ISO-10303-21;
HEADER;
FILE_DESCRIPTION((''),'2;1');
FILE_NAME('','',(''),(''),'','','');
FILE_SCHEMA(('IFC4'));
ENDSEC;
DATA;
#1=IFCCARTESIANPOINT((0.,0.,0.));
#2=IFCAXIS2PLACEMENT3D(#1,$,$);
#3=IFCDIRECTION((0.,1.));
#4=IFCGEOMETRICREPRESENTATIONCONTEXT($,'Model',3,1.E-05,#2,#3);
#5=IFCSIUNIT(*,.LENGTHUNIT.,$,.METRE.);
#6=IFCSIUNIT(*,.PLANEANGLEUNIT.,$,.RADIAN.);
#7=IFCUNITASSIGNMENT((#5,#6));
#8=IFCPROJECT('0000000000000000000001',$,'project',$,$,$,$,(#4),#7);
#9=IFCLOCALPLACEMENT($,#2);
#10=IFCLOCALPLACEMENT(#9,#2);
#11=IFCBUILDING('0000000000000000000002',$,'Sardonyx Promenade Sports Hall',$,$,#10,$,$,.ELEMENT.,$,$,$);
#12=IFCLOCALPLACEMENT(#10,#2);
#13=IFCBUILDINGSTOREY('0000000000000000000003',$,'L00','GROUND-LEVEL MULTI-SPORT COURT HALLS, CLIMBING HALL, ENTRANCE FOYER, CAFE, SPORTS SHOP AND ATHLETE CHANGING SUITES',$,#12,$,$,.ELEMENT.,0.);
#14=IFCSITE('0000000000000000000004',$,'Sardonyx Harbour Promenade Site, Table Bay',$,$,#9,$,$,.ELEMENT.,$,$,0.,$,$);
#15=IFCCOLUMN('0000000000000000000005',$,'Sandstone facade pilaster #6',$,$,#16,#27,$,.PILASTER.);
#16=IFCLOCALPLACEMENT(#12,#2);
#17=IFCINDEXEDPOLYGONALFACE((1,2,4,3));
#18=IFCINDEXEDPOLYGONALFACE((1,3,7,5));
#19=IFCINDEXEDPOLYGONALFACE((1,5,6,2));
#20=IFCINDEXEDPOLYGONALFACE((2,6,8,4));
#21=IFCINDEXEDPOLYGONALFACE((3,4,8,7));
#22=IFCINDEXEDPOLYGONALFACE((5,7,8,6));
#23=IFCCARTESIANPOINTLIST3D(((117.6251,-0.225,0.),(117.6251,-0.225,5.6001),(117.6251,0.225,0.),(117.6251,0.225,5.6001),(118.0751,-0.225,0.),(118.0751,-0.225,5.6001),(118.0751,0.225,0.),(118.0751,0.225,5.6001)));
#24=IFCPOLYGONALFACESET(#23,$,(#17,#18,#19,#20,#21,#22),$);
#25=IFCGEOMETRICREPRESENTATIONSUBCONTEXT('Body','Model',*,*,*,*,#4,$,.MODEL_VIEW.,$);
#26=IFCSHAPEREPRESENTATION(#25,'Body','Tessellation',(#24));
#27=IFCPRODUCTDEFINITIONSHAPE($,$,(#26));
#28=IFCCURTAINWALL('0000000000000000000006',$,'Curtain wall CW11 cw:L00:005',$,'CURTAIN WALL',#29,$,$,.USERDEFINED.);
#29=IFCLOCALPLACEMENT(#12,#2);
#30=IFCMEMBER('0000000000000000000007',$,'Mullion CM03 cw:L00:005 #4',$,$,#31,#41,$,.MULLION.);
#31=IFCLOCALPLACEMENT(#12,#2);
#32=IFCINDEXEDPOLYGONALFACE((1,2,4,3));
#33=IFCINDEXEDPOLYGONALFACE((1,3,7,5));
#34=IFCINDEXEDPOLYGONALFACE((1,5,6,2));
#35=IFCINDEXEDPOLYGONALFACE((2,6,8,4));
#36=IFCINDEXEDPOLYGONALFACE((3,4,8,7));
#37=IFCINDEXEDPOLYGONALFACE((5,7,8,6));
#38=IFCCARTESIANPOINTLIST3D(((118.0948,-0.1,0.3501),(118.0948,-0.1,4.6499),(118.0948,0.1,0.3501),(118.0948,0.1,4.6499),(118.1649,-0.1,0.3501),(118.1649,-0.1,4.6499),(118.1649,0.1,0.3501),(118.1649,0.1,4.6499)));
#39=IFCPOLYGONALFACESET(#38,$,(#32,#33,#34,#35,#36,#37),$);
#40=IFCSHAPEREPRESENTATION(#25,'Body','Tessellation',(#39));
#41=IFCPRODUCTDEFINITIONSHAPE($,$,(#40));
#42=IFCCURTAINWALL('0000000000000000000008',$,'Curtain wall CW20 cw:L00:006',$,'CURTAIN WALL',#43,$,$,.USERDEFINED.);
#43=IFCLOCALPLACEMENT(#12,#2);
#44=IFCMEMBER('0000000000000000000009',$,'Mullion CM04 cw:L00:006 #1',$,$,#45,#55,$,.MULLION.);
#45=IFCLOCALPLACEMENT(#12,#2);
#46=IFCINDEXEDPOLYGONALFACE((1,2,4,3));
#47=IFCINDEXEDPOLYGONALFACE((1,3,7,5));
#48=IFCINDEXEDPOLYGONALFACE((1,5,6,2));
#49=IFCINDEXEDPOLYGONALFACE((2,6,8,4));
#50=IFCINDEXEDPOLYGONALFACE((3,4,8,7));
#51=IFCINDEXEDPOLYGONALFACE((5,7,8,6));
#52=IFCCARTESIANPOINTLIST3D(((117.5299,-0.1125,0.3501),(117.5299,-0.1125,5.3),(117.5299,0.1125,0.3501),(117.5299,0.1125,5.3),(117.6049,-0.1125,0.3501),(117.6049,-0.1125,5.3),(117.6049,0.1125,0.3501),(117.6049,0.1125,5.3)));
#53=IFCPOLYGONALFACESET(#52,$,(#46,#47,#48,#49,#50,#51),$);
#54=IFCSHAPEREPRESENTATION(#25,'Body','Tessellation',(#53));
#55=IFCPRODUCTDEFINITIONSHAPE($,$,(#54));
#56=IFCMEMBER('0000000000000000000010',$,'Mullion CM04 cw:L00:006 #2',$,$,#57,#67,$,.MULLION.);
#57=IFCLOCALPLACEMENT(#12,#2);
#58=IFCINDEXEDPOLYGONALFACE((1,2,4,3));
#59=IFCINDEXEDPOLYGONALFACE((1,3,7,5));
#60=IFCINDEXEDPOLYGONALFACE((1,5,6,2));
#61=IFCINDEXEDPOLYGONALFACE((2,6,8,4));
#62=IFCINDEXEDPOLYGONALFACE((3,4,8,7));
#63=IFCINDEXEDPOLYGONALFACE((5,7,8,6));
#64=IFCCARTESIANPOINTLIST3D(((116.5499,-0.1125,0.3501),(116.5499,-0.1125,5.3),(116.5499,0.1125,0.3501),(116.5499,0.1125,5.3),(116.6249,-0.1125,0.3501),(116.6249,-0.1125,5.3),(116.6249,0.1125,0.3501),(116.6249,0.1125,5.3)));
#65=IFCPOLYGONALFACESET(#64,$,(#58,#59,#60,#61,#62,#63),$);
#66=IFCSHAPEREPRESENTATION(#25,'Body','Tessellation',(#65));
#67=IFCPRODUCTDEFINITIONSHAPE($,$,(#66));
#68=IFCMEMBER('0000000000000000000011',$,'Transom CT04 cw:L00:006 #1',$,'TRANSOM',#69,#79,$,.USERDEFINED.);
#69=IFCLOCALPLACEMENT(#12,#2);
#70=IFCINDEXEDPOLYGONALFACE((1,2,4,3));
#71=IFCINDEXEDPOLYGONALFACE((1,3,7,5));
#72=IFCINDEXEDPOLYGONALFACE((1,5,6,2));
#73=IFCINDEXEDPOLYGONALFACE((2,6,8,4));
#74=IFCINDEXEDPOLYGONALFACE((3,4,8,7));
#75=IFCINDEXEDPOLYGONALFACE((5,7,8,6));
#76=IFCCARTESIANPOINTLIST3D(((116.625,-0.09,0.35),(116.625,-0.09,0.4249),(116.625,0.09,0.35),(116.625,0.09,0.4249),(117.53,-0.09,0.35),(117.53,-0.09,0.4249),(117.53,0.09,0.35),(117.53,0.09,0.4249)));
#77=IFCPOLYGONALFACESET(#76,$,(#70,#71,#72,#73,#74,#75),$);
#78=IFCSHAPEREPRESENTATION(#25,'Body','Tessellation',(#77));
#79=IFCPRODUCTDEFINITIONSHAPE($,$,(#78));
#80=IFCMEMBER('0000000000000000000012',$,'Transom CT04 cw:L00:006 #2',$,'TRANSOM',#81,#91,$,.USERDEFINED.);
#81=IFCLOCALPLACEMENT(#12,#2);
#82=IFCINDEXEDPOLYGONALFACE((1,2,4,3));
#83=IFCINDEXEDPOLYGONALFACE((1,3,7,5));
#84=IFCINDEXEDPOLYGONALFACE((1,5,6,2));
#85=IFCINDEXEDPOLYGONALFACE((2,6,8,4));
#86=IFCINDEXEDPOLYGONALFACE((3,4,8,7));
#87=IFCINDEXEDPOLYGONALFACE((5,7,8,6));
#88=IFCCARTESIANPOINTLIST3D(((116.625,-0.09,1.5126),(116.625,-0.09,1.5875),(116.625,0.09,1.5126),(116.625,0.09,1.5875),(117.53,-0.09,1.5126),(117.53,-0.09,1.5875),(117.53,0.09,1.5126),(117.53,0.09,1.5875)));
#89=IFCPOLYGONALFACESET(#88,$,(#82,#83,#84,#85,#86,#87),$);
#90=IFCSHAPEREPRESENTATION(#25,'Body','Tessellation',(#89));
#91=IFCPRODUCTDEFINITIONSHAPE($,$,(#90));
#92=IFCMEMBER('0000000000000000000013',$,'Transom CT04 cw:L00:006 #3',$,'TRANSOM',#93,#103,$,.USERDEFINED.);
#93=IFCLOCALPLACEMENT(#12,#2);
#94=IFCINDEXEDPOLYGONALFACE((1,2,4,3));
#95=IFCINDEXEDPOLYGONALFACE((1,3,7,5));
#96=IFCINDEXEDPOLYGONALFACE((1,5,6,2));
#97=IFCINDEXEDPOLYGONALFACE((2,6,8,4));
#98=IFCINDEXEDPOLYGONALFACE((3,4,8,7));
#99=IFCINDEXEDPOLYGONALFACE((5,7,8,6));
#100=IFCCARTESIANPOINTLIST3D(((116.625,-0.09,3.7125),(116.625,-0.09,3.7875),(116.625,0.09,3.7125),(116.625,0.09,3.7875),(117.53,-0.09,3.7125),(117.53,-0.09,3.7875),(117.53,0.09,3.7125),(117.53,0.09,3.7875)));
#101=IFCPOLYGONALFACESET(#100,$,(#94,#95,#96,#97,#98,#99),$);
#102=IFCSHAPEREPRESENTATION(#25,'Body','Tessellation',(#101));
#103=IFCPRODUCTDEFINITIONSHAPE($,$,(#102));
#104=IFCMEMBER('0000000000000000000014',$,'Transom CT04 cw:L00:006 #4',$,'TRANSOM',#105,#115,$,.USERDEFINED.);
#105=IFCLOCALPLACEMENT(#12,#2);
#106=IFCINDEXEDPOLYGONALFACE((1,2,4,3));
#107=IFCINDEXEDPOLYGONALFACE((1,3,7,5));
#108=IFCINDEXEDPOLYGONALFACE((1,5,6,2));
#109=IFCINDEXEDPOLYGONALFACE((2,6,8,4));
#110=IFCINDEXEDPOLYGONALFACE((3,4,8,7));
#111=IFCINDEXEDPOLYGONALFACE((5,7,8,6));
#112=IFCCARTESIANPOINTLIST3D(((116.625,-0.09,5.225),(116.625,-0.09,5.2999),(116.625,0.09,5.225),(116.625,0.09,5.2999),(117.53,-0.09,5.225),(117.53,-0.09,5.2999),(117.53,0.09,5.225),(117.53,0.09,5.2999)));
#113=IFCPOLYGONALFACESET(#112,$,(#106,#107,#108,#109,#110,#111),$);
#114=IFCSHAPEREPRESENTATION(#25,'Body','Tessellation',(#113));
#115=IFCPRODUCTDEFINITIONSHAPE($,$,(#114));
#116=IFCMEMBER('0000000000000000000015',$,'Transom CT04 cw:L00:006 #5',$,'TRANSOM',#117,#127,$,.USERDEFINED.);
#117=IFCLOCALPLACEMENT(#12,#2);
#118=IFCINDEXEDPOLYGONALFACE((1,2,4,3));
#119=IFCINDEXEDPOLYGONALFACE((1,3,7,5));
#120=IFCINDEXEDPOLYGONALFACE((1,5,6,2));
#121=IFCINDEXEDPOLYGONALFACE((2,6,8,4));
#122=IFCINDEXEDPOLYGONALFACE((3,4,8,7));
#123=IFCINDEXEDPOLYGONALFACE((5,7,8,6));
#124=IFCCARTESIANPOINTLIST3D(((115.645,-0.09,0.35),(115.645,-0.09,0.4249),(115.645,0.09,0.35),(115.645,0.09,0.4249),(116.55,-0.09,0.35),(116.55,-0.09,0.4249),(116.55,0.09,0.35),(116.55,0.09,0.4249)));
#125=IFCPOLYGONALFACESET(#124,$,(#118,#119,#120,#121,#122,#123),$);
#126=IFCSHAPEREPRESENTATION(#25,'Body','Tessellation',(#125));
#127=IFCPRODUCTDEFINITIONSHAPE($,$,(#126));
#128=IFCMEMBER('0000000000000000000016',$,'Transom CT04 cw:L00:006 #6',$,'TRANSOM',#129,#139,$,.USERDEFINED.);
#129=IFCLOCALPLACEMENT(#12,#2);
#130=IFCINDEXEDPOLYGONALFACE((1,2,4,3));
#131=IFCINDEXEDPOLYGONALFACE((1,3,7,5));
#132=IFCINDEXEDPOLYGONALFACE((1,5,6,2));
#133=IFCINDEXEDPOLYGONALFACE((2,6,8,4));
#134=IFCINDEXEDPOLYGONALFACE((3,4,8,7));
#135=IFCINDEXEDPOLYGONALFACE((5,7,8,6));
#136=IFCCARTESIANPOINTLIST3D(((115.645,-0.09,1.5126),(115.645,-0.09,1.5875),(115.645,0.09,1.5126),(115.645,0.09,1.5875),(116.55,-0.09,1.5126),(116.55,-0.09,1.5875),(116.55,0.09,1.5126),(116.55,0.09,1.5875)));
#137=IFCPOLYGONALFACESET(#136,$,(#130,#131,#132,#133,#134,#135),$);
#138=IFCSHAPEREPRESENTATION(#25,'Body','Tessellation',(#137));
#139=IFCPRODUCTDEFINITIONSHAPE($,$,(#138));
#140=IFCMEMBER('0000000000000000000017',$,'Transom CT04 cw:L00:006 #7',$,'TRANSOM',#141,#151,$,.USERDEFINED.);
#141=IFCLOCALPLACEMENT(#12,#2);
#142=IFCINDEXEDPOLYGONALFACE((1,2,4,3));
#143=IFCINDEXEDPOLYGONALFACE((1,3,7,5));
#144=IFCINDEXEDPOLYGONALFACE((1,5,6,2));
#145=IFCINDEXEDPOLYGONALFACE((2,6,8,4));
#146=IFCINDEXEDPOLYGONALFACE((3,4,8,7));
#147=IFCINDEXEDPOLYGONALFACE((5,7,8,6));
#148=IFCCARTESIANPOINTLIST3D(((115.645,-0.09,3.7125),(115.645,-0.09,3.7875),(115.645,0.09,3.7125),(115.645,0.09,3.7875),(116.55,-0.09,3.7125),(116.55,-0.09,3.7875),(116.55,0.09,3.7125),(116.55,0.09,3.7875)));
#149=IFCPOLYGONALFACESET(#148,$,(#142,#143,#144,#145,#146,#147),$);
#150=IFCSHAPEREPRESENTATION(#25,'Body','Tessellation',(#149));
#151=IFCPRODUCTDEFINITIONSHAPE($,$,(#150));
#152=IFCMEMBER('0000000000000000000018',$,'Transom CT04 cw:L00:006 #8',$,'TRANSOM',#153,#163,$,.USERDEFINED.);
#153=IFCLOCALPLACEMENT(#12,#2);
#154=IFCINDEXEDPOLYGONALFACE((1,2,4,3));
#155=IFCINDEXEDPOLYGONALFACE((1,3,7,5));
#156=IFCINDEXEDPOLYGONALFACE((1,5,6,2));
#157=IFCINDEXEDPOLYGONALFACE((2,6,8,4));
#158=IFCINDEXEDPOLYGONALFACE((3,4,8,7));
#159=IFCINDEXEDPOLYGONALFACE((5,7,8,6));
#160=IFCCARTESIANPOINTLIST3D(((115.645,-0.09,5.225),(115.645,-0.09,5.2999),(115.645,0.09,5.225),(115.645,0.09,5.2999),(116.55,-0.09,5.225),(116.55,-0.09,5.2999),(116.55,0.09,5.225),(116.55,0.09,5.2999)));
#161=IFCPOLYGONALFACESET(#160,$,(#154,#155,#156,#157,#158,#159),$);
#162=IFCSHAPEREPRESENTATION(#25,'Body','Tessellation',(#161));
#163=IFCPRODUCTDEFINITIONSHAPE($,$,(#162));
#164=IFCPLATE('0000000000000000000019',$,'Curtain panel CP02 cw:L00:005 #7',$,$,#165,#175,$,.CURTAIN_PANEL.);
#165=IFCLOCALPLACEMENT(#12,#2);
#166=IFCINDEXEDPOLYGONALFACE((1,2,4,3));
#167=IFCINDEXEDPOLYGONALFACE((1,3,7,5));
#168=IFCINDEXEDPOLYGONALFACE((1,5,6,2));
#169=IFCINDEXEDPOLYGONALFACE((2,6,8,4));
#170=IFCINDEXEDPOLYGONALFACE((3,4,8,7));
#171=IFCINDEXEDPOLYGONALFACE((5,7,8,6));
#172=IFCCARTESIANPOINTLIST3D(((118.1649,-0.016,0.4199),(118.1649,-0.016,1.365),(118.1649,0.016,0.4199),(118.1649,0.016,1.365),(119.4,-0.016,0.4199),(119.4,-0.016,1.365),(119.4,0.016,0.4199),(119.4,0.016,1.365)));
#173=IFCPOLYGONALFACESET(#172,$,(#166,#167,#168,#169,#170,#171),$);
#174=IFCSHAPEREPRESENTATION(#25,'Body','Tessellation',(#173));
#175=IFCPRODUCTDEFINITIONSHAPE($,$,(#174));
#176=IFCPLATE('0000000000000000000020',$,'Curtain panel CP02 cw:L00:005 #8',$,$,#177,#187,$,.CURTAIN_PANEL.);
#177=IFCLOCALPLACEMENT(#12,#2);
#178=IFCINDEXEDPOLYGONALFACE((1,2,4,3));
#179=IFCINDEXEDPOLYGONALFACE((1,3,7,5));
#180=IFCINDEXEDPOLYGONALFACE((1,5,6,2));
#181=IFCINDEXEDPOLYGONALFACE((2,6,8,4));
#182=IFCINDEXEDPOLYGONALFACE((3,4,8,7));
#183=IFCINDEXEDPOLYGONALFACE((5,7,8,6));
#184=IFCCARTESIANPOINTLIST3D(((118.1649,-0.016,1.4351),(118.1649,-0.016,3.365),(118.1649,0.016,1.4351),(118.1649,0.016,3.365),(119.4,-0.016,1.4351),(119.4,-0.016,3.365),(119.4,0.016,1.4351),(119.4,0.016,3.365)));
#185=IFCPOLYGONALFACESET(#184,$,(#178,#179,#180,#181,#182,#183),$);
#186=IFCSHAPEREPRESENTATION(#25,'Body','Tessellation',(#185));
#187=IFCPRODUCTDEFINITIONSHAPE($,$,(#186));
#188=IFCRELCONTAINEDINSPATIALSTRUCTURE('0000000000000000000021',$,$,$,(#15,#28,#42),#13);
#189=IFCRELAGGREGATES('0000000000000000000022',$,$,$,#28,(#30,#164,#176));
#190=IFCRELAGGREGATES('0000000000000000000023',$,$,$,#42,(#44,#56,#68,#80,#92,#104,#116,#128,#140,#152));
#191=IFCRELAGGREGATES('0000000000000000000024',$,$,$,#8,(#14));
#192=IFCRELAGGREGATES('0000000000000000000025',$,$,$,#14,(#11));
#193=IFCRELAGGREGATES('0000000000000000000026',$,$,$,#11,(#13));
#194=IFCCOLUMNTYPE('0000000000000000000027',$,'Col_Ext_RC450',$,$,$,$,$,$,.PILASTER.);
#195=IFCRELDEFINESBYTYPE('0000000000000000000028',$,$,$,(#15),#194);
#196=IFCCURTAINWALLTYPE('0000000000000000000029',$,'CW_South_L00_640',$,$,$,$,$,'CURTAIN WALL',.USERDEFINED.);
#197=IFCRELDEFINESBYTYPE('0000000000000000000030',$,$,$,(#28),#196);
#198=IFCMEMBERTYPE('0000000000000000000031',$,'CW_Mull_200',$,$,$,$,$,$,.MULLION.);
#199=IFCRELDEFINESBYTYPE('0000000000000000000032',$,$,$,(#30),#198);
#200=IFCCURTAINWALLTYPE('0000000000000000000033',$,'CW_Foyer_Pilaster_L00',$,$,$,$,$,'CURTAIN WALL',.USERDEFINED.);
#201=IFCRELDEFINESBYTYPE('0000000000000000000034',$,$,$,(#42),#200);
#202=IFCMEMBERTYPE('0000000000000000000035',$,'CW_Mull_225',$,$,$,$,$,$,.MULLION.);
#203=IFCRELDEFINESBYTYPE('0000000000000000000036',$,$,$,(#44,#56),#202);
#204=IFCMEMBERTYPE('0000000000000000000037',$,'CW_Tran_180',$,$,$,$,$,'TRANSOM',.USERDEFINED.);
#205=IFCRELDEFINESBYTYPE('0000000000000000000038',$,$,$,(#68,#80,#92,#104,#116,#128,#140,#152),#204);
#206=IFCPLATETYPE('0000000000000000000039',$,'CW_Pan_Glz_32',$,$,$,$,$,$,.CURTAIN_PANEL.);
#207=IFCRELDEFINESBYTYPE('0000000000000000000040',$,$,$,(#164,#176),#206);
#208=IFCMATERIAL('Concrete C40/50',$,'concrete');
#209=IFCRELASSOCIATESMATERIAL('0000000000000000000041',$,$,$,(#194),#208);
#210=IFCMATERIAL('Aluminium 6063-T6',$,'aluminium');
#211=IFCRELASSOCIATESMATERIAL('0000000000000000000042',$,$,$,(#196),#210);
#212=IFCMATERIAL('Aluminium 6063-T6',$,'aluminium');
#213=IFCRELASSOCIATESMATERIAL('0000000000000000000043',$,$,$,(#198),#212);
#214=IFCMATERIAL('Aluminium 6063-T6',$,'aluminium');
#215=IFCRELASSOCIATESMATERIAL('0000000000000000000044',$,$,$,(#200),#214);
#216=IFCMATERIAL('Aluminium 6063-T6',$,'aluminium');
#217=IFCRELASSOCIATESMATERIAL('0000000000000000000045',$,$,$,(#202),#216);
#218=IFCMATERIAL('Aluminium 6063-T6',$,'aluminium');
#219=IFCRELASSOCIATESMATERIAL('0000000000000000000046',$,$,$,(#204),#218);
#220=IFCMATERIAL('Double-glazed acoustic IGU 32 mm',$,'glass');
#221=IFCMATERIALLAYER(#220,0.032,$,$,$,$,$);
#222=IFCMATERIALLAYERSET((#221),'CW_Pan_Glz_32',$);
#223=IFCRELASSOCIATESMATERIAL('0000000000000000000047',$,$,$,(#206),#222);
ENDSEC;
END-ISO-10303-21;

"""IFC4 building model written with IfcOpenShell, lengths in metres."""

from ifc_helpers import new_model, si_unit, direction, frame, origin, origin_2d, place, context, subcontext, project, spatial, rectangle, extrude, material, layer, layer_set, material_profile, profile_set, type_object, element, aggregate, save


model = new_model("IFC4")

# Units and contexts
model_context = context("Model", 3, precision=1e-05, world=origin(), true_north=direction((0.0, 1.0)))
body_context = subcontext(model_context, "Body", "Model", "MODEL_VIEW")
ifc_project = project(units=[si_unit("LENGTHUNIT", "METRE"), si_unit("PLANEANGLEUNIT", "RADIAN")], contexts=[model_context])

# Site, building, storey
site_placement = place(None, origin())
site = spatial("IfcSite", under=ifc_project, at=site_placement, Name="Sardonyx Harbour Promenade Site, Table Bay", CompositionType="ELEMENT", RefElevation=0.0)
building_placement = place(site_placement, origin())
building = spatial("IfcBuilding", under=site, at=building_placement, Name="Sardonyx Promenade Sports Hall", CompositionType="ELEMENT")
storey_placement = place(building_placement, origin())
storey = spatial("IfcBuildingStorey", under=building, at=storey_placement, Name="L00", Description="GROUND-LEVEL MULTI-SPORT COURT HALLS, CLIMBING HALL, ENTRANCE FOYER, CAFE, SPORTS SHOP AND ATHLETE CHANGING SUITES", CompositionType="ELEMENT", Elevation=0.0)

# Column
ifc_material_1 = material(Name="Concrete C40/50", Category="concrete")
ifc_material_profile_1 = material_profile(ifc_material_1, rectangle(XDim=0.45, YDim=0.45, at=origin_2d()))
ifc_profile_set_1 = profile_set([ifc_material_profile_1], Name="Concrete C40/50")
column_type = type_object("IfcColumnType", Name="Col_Ext_RC450", PredefinedType="PILASTER", material=ifc_profile_set_1)
column_placement = place(storey_placement, frame((117.8501, 0.0, 0.0), z_axis=(0.0, 0.0, 1.0), x_axis=(1.0, 0.0, 0.0)))
element("IfcColumn", 1, at=column_placement, inside=storey, type_object=column_type, Name="Sandstone facade pilaster #6", PredefinedType="PILASTER", context=body_context, shape_type="SweptSolid", body=[
    extrude(rectangle(XDim=0.45, YDim=0.45, at=origin_2d()), origin(), (0.0, 0.0, 1.0), 5.6001),
])

# Curtain wall, member
ifc_material_2 = material(Name="Aluminium 6063-T6", Category="aluminium")
curtain_wall_type_1 = type_object("IfcCurtainWallType", Name="CW_South_L00_640", ElementType="CURTAIN WALL", PredefinedType="USERDEFINED", material=ifc_material_2)
curtain_wall_1_placement = place(storey_placement, origin())
curtain_wall_1 = element("IfcCurtainWall", 2, at=curtain_wall_1_placement, inside=storey, type_object=curtain_wall_type_1, Name="Curtain wall CW11 cw:L00:005", ObjectType="CURTAIN WALL", PredefinedType="USERDEFINED")
ifc_material_3 = material(Name="Aluminium 6063-T6", Category="aluminium")
ifc_material_profile_2 = material_profile(ifc_material_3, rectangle(XDim=0.0701, YDim=0.2, at=origin_2d()))
ifc_profile_set_2 = profile_set([ifc_material_profile_2], Name="Aluminium 6063-T6")
member_type_1 = type_object("IfcMemberType", Name="CW_Mull_200", PredefinedType="MULLION", material=ifc_profile_set_2)
member_1_placement = place(storey_placement, frame((118.1299, 0.0, 0.3501), z_axis=(0.0, 0.0, 1.0), x_axis=(-1.0, 0.0, 0.0)))
member_1 = element("IfcMember", 3, at=member_1_placement, type_object=member_type_1, Name="Mullion CM03 cw:L00:005 #4", PredefinedType="MULLION", context=body_context, shape_type="SweptSolid", body=[
    extrude(rectangle(XDim=0.0701, YDim=0.2, at=origin_2d()), origin(), (0.0, 0.0, 1.0), 4.2998),
])

# Curtain wall, members
ifc_material_4 = material(Name="Aluminium 6063-T6", Category="aluminium")
curtain_wall_type_2 = type_object("IfcCurtainWallType", Name="CW_Foyer_Pilaster_L00", ElementType="CURTAIN WALL", PredefinedType="USERDEFINED", material=ifc_material_4)
curtain_wall_2_placement = place(storey_placement, origin())
curtain_wall_2 = element("IfcCurtainWall", 4, at=curtain_wall_2_placement, inside=storey, type_object=curtain_wall_type_2, Name="Curtain wall CW20 cw:L00:006", ObjectType="CURTAIN WALL", PredefinedType="USERDEFINED")
ifc_material_5 = material(Name="Aluminium 6063-T6", Category="aluminium")
ifc_material_profile_3 = material_profile(ifc_material_5, rectangle(XDim=0.075, YDim=0.2251, at=origin_2d()))
ifc_profile_set_3 = profile_set([ifc_material_profile_3], Name="Aluminium 6063-T6")
member_type_2 = type_object("IfcMemberType", Name="CW_Mull_225", PredefinedType="MULLION", material=ifc_profile_set_3)
member_2_placement = place(storey_placement, frame((117.5674, 0.0, 0.3501), z_axis=(0.0, 0.0, 1.0), x_axis=(-1.0, 0.0, 0.0)))
member_2 = element("IfcMember", 5, at=member_2_placement, type_object=member_type_2, Name="Mullion CM04 cw:L00:006 #1", PredefinedType="MULLION", context=body_context, shape_type="SweptSolid", body=[
    extrude(rectangle(XDim=0.075, YDim=0.2251, at=origin_2d()), origin(), (0.0, 0.0, 1.0), 4.95),
])
member_3_placement = place(storey_placement, frame((116.5874, 0.0, 0.3501), z_axis=(0.0, 0.0, 1.0), x_axis=(-1.0, 0.0, 0.0)))
member_3 = element("IfcMember", 6, at=member_3_placement, type_object=member_type_2, Name="Mullion CM04 cw:L00:006 #2", PredefinedType="MULLION", context=body_context, shape_type="SweptSolid", body=[
    extrude(rectangle(XDim=0.075, YDim=0.2251, at=origin_2d()), origin(), (0.0, 0.0, 1.0), 4.95),
])
ifc_material_6 = material(Name="Aluminium 6063-T6", Category="aluminium")
ifc_material_profile_4 = material_profile(ifc_material_6, rectangle(XDim=0.075, YDim=0.1799, at=origin_2d()))
ifc_profile_set_4 = profile_set([ifc_material_profile_4], Name="Aluminium 6063-T6")
member_type_3 = type_object("IfcMemberType", Name="CW_Tran_180", ElementType="TRANSOM", PredefinedType="USERDEFINED", material=ifc_profile_set_4)
member_4_placement = place(storey_placement, frame((117.53, 0.0, 0.3875), z_axis=(-1.0, 0.0, 0.0), x_axis=(0.0, 0.0, 1.0)))
member_4 = element("IfcMember", 7, at=member_4_placement, type_object=member_type_3, Name="Transom CT04 cw:L00:006 #1", ObjectType="TRANSOM", PredefinedType="USERDEFINED", context=body_context, shape_type="SweptSolid", body=[
    extrude(rectangle(XDim=0.075, YDim=0.1799, at=origin_2d()), origin(), (0.0, 0.0, 1.0), 0.905),
])
member_5_placement = place(storey_placement, frame((117.53, 0.0, 1.55), z_axis=(-1.0, 0.0, 0.0), x_axis=(0.0, 0.0, 1.0)))
member_5 = element("IfcMember", 8, at=member_5_placement, type_object=member_type_3, Name="Transom CT04 cw:L00:006 #2", ObjectType="TRANSOM", PredefinedType="USERDEFINED", context=body_context, shape_type="SweptSolid", body=[
    extrude(rectangle(XDim=0.075, YDim=0.1799, at=origin_2d()), origin(), (0.0, 0.0, 1.0), 0.905),
])
member_6_placement = place(storey_placement, frame((117.53, 0.0, 3.75), z_axis=(-1.0, 0.0, 0.0), x_axis=(0.0, 0.0, 1.0)))
member_6 = element("IfcMember", 9, at=member_6_placement, type_object=member_type_3, Name="Transom CT04 cw:L00:006 #3", ObjectType="TRANSOM", PredefinedType="USERDEFINED", context=body_context, shape_type="SweptSolid", body=[
    extrude(rectangle(XDim=0.075, YDim=0.1799, at=origin_2d()), origin(), (0.0, 0.0, 1.0), 0.905),
])
member_7_placement = place(storey_placement, frame((117.53, 0.0, 5.2625), z_axis=(-1.0, 0.0, 0.0), x_axis=(0.0, 0.0, 1.0)))
member_7 = element("IfcMember", 10, at=member_7_placement, type_object=member_type_3, Name="Transom CT04 cw:L00:006 #4", ObjectType="TRANSOM", PredefinedType="USERDEFINED", context=body_context, shape_type="SweptSolid", body=[
    extrude(rectangle(XDim=0.075, YDim=0.1799, at=origin_2d()), origin(), (0.0, 0.0, 1.0), 0.905),
])
member_8_placement = place(storey_placement, frame((116.55, 0.0, 0.3875), z_axis=(-1.0, 0.0, 0.0), x_axis=(0.0, 0.0, 1.0)))
member_8 = element("IfcMember", 11, at=member_8_placement, type_object=member_type_3, Name="Transom CT04 cw:L00:006 #5", ObjectType="TRANSOM", PredefinedType="USERDEFINED", context=body_context, shape_type="SweptSolid", body=[
    extrude(rectangle(XDim=0.075, YDim=0.1799, at=origin_2d()), origin(), (0.0, 0.0, 1.0), 0.905),
])
member_9_placement = place(storey_placement, frame((116.55, 0.0, 1.55), z_axis=(-1.0, 0.0, 0.0), x_axis=(0.0, 0.0, 1.0)))
member_9 = element("IfcMember", 12, at=member_9_placement, type_object=member_type_3, Name="Transom CT04 cw:L00:006 #6", ObjectType="TRANSOM", PredefinedType="USERDEFINED", context=body_context, shape_type="SweptSolid", body=[
    extrude(rectangle(XDim=0.075, YDim=0.1799, at=origin_2d()), origin(), (0.0, 0.0, 1.0), 0.905),
])
member_10_placement = place(storey_placement, frame((116.55, 0.0, 3.75), z_axis=(-1.0, 0.0, 0.0), x_axis=(0.0, 0.0, 1.0)))
member_10 = element("IfcMember", 13, at=member_10_placement, type_object=member_type_3, Name="Transom CT04 cw:L00:006 #7", ObjectType="TRANSOM", PredefinedType="USERDEFINED", context=body_context, shape_type="SweptSolid", body=[
    extrude(rectangle(XDim=0.075, YDim=0.1799, at=origin_2d()), origin(), (0.0, 0.0, 1.0), 0.905),
])
member_11_placement = place(storey_placement, frame((116.55, 0.0, 5.2625), z_axis=(-1.0, 0.0, 0.0), x_axis=(0.0, 0.0, 1.0)))
member_11 = element("IfcMember", 14, at=member_11_placement, type_object=member_type_3, Name="Transom CT04 cw:L00:006 #8", ObjectType="TRANSOM", PredefinedType="USERDEFINED", context=body_context, shape_type="SweptSolid", body=[
    extrude(rectangle(XDim=0.075, YDim=0.1799, at=origin_2d()), origin(), (0.0, 0.0, 1.0), 0.905),
])

# Plates
ifc_material_7 = material(Name="Double-glazed acoustic IGU 32 mm", Category="glass")
ifc_layer_1 = layer(ifc_material_7, 0.032)
ifc_layer_set_1 = layer_set([ifc_layer_1], Name="CW_Pan_Glz_32")
plate_type_1 = type_object("IfcPlateType", Name="CW_Pan_Glz_32", PredefinedType="CURTAIN_PANEL", material=ifc_layer_set_1)
plate_1_placement = place(storey_placement, frame((118.7825, 0.0, 0.4199), z_axis=(0.0, 0.0, 1.0), x_axis=(-1.0, 0.0, 0.0)))
plate_1 = element("IfcPlate", 15, at=plate_1_placement, type_object=plate_type_1, Name="Curtain panel CP02 cw:L00:005 #7", PredefinedType="CURTAIN_PANEL", context=body_context, shape_type="SweptSolid", body=[
    extrude(rectangle(XDim=1.2351, YDim=0.032, at=origin_2d()), origin(), (0.0, 0.0, 1.0), 0.9451),
])
plate_2_placement = place(storey_placement, frame((118.7825, 0.0, 1.4351), z_axis=(0.0, 0.0, 1.0), x_axis=(-1.0, 0.0, 0.0)))
plate_2 = element("IfcPlate", 16, at=plate_2_placement, type_object=plate_type_1, Name="Curtain panel CP02 cw:L00:005 #8", PredefinedType="CURTAIN_PANEL", context=body_context, shape_type="SweptSolid", body=[
    extrude(rectangle(XDim=1.2351, YDim=0.032, at=origin_2d()), origin(), (0.0, 0.0, 1.0), 1.9299),
])
aggregate(curtain_wall_1, [member_1, plate_1, plate_2])
aggregate(curtain_wall_2, [member_2, member_3, member_4, member_5, member_6, member_7, member_8, member_9, member_10, member_11])

save(model, "model.ifc")
